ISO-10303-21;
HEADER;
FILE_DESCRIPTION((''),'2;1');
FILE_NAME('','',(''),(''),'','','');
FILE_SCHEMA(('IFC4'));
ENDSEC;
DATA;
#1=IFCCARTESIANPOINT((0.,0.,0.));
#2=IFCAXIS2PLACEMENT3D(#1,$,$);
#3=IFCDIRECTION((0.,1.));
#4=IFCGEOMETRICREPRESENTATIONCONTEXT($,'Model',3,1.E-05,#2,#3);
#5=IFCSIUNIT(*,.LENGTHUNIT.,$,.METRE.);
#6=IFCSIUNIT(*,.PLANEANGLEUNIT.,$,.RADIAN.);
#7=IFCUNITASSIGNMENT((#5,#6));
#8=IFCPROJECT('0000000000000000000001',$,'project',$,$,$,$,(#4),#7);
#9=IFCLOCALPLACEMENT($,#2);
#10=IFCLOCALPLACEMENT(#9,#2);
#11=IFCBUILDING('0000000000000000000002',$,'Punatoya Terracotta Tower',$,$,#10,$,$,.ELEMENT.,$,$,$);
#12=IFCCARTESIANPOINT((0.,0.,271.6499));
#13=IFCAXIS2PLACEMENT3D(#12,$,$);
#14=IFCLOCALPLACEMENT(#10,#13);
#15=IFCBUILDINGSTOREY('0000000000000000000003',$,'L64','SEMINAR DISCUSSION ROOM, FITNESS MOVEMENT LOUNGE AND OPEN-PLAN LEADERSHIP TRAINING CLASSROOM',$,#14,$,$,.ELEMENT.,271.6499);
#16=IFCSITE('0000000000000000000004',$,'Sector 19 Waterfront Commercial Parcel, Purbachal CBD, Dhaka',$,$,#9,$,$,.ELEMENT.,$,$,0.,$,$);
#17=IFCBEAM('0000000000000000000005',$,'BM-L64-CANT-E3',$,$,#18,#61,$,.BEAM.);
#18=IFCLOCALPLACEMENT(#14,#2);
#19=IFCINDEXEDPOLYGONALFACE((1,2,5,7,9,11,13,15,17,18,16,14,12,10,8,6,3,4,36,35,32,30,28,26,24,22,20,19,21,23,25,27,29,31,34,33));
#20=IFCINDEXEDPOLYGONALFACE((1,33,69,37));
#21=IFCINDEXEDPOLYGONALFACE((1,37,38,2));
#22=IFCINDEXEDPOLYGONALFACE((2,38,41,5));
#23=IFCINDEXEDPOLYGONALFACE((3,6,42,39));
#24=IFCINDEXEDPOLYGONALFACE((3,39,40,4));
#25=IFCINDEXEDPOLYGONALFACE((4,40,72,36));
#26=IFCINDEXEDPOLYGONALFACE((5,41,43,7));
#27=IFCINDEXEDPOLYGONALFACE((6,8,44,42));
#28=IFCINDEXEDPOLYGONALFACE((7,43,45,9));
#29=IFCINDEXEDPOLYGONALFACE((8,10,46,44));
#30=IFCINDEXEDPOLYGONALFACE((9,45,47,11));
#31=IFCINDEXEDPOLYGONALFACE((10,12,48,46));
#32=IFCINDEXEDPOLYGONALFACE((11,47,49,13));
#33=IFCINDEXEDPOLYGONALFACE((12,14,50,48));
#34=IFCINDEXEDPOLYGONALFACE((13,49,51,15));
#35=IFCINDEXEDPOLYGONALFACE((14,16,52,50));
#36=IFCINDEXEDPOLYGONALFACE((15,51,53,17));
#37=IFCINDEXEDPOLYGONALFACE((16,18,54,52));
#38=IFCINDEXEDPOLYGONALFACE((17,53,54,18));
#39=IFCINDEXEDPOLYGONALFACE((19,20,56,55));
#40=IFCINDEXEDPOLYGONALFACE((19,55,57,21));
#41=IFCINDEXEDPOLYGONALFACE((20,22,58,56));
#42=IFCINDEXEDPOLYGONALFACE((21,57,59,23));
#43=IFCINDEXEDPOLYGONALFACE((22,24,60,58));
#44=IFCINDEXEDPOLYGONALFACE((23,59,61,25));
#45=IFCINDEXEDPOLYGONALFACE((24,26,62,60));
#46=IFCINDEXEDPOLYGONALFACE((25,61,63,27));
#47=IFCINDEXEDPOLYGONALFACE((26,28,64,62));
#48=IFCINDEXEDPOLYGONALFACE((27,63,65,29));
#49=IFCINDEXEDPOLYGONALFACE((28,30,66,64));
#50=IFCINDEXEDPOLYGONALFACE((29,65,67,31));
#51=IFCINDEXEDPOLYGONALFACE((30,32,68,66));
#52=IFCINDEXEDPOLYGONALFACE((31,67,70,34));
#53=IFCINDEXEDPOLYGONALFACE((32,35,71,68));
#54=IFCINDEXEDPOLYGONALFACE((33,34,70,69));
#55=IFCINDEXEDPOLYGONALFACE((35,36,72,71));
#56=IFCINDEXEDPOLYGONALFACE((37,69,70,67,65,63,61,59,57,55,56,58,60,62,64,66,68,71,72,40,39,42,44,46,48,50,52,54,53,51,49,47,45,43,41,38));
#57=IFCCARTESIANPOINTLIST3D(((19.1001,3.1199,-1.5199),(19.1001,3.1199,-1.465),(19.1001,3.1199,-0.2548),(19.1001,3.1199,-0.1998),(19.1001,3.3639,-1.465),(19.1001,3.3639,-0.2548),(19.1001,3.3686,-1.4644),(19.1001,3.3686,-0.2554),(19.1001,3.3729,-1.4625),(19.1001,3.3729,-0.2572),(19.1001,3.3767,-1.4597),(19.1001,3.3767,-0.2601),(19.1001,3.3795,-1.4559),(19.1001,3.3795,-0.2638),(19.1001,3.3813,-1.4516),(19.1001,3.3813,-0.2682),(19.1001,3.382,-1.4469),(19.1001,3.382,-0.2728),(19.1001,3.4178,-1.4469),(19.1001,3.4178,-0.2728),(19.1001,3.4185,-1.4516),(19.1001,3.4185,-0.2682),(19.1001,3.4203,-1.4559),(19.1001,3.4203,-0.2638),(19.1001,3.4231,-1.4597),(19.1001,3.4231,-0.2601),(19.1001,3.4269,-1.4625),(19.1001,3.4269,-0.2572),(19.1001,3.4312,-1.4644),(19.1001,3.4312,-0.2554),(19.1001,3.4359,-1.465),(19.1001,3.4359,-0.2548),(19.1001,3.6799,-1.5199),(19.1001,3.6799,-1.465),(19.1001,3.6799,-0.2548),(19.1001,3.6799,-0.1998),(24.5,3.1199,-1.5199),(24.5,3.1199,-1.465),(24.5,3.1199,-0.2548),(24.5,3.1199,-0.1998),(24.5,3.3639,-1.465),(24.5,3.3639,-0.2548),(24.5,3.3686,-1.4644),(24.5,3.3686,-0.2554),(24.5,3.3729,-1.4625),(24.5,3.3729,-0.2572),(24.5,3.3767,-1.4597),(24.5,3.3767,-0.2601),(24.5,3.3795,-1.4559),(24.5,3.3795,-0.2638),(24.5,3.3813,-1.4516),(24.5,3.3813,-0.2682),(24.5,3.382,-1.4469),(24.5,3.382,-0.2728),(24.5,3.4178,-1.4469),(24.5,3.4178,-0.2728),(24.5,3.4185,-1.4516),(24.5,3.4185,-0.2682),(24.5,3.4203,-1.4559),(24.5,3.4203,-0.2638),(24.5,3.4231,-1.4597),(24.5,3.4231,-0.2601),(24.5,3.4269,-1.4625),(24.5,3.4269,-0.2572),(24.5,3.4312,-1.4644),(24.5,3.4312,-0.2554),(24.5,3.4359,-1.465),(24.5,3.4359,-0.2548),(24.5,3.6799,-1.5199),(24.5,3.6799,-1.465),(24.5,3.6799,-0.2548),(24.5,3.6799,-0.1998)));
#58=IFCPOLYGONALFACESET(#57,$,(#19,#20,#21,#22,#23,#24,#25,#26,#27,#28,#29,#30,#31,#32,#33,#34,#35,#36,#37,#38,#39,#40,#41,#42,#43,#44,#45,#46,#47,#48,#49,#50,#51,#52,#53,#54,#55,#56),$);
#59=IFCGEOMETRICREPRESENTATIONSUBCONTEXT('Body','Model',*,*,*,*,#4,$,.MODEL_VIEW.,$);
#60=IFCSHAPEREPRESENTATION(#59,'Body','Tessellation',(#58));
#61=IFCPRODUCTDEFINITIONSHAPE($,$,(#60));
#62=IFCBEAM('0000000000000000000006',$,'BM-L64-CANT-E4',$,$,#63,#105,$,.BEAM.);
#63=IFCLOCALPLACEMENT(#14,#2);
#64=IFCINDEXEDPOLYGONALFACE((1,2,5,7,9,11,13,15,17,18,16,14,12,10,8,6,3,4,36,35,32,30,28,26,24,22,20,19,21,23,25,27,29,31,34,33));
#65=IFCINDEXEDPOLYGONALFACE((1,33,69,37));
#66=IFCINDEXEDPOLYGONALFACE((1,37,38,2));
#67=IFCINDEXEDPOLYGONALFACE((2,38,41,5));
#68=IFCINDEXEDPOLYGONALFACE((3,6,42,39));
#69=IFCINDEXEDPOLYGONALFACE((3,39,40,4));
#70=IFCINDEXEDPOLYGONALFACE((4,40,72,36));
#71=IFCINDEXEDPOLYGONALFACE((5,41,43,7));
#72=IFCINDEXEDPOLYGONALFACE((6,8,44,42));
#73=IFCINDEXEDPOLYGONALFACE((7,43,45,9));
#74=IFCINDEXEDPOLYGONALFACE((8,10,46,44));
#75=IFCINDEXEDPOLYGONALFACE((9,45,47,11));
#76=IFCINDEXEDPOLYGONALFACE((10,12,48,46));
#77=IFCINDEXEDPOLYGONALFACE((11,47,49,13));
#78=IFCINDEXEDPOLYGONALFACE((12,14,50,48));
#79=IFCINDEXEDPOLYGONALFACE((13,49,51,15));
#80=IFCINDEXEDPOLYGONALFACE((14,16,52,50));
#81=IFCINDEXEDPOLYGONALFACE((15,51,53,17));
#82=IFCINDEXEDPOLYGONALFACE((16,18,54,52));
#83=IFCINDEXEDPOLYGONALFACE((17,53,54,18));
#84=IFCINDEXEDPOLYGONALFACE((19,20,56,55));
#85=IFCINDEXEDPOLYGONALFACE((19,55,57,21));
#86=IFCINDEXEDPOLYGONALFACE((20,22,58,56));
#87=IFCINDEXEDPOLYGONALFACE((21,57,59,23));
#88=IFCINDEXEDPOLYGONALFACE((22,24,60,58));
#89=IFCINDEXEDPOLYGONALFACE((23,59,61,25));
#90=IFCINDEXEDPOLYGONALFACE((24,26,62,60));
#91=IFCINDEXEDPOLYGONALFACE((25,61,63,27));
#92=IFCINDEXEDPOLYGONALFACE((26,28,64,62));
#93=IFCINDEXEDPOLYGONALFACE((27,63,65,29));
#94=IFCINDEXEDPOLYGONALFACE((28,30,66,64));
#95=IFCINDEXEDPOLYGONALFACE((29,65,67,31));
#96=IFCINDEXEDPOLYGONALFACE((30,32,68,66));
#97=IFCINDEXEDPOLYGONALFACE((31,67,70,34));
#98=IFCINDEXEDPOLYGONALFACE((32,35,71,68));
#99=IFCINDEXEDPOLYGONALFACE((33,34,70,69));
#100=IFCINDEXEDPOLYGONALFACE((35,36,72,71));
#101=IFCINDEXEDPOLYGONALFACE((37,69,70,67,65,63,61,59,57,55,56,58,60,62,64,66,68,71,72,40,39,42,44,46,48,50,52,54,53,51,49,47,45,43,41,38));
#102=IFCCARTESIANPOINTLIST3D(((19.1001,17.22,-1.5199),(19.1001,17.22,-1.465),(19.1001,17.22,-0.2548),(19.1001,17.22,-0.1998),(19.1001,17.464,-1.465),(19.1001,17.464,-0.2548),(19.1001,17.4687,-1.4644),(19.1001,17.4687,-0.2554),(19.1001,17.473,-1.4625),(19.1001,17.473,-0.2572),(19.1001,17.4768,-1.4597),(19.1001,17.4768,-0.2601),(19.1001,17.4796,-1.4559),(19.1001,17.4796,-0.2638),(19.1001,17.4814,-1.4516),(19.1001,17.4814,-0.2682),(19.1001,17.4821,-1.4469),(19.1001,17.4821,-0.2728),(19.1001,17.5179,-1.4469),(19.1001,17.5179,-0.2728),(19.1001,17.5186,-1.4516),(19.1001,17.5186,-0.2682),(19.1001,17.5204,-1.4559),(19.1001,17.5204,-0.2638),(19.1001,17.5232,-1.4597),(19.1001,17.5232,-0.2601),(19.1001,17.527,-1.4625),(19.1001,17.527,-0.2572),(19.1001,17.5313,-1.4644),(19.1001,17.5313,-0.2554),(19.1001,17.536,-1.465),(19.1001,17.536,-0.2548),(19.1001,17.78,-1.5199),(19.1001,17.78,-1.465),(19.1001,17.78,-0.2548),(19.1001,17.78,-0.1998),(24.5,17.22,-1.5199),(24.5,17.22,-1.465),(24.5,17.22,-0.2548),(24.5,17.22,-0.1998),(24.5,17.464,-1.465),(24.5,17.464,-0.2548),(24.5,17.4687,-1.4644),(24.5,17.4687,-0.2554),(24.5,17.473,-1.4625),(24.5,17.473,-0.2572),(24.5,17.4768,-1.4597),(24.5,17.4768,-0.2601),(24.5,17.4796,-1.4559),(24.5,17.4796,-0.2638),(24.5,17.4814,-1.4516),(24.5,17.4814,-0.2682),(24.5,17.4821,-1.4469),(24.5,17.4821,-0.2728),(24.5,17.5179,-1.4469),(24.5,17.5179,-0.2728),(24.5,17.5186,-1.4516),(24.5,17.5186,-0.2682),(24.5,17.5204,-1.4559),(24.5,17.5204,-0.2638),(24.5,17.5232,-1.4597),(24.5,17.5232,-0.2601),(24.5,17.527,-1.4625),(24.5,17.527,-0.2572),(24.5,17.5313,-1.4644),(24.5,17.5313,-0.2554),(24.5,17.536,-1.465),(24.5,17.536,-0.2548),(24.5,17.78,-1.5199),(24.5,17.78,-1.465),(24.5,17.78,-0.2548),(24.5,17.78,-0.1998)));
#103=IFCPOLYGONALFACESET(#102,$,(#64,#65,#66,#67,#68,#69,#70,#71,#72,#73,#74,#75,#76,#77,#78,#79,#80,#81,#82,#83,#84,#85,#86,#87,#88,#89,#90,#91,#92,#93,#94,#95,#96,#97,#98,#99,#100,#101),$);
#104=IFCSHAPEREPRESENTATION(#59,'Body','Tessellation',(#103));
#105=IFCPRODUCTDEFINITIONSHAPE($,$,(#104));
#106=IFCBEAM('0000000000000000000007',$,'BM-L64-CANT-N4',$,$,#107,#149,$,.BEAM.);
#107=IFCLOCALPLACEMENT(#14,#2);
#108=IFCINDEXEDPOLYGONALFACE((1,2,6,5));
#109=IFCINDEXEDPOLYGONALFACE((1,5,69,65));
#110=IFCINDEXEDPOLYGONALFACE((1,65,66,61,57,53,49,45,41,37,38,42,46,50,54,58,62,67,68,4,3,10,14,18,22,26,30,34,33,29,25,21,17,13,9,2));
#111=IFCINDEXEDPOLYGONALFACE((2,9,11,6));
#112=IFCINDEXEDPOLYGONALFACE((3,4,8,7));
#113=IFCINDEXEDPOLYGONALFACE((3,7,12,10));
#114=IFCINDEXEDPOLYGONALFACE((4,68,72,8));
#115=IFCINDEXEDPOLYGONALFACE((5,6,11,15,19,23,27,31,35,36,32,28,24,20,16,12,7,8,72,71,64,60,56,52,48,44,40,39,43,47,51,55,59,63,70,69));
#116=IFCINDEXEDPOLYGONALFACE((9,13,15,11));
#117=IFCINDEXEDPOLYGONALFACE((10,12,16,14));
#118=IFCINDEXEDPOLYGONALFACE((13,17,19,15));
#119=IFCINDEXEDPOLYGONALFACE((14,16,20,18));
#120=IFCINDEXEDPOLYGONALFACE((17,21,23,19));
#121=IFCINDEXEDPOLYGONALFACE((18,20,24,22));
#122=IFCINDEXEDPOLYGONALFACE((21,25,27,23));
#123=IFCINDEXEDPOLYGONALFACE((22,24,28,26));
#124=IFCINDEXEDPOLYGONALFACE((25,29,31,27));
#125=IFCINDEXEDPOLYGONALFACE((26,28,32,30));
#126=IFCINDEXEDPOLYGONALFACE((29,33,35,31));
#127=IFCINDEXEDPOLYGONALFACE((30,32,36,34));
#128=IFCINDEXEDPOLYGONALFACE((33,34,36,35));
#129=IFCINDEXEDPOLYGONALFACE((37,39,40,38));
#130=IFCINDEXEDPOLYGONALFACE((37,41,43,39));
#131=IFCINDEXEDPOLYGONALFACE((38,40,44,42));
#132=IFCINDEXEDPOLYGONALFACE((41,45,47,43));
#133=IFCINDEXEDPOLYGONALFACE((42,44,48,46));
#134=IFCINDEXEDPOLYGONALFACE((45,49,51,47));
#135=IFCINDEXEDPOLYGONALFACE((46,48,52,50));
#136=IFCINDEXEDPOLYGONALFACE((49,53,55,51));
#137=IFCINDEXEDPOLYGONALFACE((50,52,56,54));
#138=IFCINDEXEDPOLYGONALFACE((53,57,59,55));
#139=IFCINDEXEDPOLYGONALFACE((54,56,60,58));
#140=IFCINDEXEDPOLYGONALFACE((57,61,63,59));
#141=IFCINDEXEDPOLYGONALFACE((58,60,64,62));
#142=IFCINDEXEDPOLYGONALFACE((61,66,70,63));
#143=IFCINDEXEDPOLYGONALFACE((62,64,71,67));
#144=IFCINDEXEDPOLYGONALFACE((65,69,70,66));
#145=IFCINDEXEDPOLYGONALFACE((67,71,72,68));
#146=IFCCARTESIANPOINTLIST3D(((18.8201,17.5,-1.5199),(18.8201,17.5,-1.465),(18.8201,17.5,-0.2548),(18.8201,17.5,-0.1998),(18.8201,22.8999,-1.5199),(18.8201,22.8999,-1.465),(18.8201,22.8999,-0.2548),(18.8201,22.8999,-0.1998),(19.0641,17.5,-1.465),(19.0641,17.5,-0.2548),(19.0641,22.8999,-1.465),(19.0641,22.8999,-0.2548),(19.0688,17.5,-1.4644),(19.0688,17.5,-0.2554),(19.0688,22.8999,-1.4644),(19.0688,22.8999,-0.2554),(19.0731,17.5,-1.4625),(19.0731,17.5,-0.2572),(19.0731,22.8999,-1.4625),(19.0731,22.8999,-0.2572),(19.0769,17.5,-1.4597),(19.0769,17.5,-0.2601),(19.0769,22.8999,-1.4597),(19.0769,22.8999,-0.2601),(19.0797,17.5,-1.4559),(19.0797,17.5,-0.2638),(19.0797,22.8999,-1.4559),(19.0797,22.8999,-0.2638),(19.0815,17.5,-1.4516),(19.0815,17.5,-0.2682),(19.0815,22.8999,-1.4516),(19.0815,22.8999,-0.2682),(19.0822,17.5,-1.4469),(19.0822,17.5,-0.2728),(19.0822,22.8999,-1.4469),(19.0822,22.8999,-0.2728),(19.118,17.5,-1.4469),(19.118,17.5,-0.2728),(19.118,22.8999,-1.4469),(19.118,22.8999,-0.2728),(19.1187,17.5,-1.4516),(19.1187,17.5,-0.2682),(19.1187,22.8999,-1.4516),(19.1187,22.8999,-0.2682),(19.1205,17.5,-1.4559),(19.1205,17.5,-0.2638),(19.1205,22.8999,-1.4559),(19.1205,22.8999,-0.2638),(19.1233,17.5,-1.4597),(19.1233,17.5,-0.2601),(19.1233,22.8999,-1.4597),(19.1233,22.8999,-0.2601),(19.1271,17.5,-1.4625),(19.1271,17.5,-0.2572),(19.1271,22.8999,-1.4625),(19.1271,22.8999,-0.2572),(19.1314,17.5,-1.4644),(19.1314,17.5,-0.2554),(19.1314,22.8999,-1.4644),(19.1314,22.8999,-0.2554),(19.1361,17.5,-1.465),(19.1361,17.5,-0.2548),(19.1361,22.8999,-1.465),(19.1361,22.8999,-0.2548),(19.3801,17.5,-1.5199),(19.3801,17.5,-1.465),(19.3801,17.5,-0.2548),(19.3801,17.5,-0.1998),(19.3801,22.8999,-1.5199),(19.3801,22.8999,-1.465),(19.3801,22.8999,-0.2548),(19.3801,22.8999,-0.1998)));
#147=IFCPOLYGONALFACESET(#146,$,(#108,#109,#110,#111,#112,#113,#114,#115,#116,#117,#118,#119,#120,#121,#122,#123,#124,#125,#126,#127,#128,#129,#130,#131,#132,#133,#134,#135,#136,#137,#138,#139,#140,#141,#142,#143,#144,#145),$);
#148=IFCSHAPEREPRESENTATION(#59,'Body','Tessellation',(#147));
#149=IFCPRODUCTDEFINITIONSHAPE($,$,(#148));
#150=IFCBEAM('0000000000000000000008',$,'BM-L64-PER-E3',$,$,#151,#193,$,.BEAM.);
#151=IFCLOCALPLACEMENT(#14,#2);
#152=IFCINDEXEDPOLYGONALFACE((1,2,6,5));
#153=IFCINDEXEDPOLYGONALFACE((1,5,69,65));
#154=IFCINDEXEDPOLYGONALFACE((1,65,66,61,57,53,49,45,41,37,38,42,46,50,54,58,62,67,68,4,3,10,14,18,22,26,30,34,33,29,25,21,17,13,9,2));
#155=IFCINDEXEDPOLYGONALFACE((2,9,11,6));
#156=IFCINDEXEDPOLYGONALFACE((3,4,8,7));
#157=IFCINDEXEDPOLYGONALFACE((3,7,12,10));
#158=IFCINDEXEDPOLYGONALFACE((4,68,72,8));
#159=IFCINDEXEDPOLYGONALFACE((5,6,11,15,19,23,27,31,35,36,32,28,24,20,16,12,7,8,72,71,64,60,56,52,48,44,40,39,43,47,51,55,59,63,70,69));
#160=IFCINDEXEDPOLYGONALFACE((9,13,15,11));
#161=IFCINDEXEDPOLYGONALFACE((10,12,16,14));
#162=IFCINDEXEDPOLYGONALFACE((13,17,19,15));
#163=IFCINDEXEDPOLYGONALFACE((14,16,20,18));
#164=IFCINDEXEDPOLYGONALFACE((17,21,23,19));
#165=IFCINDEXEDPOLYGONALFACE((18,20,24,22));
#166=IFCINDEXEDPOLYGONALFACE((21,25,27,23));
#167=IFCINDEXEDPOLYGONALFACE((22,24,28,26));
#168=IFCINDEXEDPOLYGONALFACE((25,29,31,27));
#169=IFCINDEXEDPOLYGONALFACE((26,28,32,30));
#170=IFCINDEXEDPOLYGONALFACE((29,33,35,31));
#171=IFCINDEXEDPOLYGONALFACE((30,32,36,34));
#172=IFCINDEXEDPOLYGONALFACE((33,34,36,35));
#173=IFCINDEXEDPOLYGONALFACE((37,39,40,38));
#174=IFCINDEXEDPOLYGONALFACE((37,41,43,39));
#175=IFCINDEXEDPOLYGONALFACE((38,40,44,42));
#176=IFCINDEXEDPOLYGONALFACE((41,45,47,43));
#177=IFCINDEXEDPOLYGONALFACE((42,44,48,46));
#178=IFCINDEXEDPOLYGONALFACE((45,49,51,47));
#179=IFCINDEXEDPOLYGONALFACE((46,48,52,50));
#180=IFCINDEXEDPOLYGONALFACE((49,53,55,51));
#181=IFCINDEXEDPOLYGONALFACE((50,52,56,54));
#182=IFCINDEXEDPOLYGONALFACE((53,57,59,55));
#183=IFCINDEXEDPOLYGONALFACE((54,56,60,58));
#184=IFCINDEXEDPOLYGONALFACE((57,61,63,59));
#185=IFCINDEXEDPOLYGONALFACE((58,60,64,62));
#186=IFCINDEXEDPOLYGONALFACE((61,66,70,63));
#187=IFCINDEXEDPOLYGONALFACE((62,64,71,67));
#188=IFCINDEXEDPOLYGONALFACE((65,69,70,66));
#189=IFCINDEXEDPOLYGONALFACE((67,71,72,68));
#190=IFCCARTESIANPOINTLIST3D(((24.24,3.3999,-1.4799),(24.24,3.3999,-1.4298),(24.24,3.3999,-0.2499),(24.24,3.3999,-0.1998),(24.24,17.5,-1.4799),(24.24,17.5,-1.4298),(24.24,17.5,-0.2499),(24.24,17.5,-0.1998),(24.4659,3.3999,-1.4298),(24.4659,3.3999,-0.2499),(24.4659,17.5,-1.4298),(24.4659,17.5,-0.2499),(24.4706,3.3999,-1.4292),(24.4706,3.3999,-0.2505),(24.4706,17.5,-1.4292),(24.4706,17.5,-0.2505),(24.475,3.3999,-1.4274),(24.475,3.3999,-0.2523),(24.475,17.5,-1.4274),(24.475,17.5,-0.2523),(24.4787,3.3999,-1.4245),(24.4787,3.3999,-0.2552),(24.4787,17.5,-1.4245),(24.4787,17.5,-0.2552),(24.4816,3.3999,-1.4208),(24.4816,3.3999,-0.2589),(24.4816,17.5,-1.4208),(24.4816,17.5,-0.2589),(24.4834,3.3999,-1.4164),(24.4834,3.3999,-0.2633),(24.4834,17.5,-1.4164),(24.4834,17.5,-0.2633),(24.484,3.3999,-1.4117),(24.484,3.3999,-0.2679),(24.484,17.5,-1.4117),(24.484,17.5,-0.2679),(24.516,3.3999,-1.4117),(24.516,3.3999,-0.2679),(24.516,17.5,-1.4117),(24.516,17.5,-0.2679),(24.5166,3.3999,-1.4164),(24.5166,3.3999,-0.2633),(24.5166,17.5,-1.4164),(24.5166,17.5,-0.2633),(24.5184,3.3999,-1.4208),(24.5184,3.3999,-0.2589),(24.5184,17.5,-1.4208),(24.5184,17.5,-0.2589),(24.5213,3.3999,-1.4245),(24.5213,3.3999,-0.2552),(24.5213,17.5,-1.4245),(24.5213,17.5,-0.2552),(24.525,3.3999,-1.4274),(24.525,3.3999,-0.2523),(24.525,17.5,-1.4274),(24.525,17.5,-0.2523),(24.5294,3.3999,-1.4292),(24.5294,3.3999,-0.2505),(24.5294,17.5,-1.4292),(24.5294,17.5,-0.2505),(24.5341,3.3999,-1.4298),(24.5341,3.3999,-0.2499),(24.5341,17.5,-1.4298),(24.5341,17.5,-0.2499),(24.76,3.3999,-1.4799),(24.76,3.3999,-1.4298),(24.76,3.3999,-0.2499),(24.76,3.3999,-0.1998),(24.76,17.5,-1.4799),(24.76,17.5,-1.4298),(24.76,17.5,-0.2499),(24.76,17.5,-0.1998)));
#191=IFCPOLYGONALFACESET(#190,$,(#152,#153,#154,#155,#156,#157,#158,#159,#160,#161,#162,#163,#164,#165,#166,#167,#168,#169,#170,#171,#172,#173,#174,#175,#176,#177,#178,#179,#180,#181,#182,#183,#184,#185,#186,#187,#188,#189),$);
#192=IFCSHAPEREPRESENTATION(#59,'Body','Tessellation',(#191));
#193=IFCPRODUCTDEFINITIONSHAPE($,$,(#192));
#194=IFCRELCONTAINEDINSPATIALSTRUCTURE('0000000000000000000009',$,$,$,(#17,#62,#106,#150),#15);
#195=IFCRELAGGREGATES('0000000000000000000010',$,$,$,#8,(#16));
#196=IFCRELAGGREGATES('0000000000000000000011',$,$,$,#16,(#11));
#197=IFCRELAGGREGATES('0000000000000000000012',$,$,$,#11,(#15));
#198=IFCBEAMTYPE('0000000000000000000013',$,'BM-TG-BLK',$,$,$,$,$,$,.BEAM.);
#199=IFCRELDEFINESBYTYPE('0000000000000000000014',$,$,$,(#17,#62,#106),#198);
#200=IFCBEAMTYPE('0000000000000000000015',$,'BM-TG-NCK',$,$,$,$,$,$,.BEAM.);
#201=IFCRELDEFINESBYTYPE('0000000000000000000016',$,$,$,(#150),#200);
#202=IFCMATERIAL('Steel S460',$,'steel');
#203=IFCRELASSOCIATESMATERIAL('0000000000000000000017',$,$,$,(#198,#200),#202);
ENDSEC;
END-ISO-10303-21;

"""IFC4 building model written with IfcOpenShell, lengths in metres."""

from ifc_helpers import new_model, si_unit, direction, frame, origin, origin_2d, place, context, subcontext, project, spatial, i_section, extrude, material, material_profile, profile_set, type_object, element, save


model = new_model("IFC4")

# Units and contexts
model_context = context("Model", 3, precision=1e-05, world=origin(), true_north=direction((0.0, 1.0)))
body_context = subcontext(model_context, "Body", "Model", "MODEL_VIEW")
ifc_project = project(units=[si_unit("LENGTHUNIT", "METRE"), si_unit("PLANEANGLEUNIT", "RADIAN")], contexts=[model_context])

# Site, building, storey
site_placement = place(None, origin())
site = spatial("IfcSite", under=ifc_project, at=site_placement, Name="Sector 19 Waterfront Commercial Parcel, Purbachal CBD, Dhaka", CompositionType="ELEMENT", RefElevation=0.0)
building_placement = place(site_placement, origin())
building = spatial("IfcBuilding", under=site, at=building_placement, Name="Punatoya Terracotta Tower", CompositionType="ELEMENT")
storey_placement = place(building_placement, frame((0.0, 0.0, 271.6499)))
storey = spatial("IfcBuildingStorey", under=building, at=storey_placement, Name="L64", Description="SEMINAR DISCUSSION ROOM, FITNESS MOVEMENT LOUNGE AND OPEN-PLAN LEADERSHIP TRAINING CLASSROOM", CompositionType="ELEMENT", Elevation=271.6499)

# Shared definitions
ifc_material_1 = material(Name="Steel S460", Category="steel")

# Beams
ifc_material_profile_1 = material_profile(ifc_material_1, i_section(OverallWidth=0.5601, OverallDepth=1.3201, WebThickness=0.0359, FlangeThickness=0.0549, FilletRadius=0.0181, at=origin_2d()))
ifc_profile_set_1 = profile_set([ifc_material_profile_1], Name="Steel S460")
beam_type_1 = type_object("IfcBeamType", Name="BM-TG-BLK", PredefinedType="BEAM", material=ifc_profile_set_1)
for number, where, z_axis, x_axis, name in (
    (1, (19.1001, 3.3999, -0.8599), (1.0, 0.0, 0.0), (0.0, 1.0, 0.0), "BM-L64-CANT-E3"),
    (2, (19.1001, 17.5, -0.8599), (1.0, 0.0, 0.0), (0.0, 1.0, 0.0), "BM-L64-CANT-E4"),
    (3, (19.1001, 17.5, -0.8599), (0.0, 1.0, 0.0), (-1.0, 0.0, 0.0), "BM-L64-CANT-N4"),
):
    element("IfcBeam", number, at=place(storey_placement, frame(where, z_axis=z_axis, x_axis=x_axis)), inside=storey, type_object=beam_type_1, Name=name, PredefinedType="BEAM", context=body_context, shape_type="SweptSolid", body=[
        extrude(i_section(OverallWidth=0.5601, OverallDepth=1.3201, WebThickness=0.0359, FlangeThickness=0.0549, FilletRadius=0.0181, at=origin_2d()), origin(), (0.0, 0.0, 1.0), 5.3999),
    ])
ifc_material_profile_2 = material_profile(ifc_material_1, i_section(OverallWidth=0.52, OverallDepth=1.28, WebThickness=0.032, FlangeThickness=0.05, FilletRadius=0.0181, at=origin_2d()))
ifc_profile_set_2 = profile_set([ifc_material_profile_2], Name="Steel S460")
beam_type_2 = type_object("IfcBeamType", Name="BM-TG-NCK", PredefinedType="BEAM", material=ifc_profile_set_2)
beam_1_placement = place(storey_placement, frame((24.5, 3.3999, -0.8398), z_axis=(0.0, 1.0, 0.0), x_axis=(-1.0, 0.0, 0.0)))
element("IfcBeam", 4, at=beam_1_placement, inside=storey, type_object=beam_type_2, Name="BM-L64-PER-E3", PredefinedType="BEAM", context=body_context, shape_type="SweptSolid", body=[
    extrude(i_section(OverallWidth=0.52, OverallDepth=1.28, WebThickness=0.032, FlangeThickness=0.05, FilletRadius=0.0181, at=origin_2d()), origin(), (0.0, 0.0, 1.0), 14.1001),
])

save(model, "model.ifc")
